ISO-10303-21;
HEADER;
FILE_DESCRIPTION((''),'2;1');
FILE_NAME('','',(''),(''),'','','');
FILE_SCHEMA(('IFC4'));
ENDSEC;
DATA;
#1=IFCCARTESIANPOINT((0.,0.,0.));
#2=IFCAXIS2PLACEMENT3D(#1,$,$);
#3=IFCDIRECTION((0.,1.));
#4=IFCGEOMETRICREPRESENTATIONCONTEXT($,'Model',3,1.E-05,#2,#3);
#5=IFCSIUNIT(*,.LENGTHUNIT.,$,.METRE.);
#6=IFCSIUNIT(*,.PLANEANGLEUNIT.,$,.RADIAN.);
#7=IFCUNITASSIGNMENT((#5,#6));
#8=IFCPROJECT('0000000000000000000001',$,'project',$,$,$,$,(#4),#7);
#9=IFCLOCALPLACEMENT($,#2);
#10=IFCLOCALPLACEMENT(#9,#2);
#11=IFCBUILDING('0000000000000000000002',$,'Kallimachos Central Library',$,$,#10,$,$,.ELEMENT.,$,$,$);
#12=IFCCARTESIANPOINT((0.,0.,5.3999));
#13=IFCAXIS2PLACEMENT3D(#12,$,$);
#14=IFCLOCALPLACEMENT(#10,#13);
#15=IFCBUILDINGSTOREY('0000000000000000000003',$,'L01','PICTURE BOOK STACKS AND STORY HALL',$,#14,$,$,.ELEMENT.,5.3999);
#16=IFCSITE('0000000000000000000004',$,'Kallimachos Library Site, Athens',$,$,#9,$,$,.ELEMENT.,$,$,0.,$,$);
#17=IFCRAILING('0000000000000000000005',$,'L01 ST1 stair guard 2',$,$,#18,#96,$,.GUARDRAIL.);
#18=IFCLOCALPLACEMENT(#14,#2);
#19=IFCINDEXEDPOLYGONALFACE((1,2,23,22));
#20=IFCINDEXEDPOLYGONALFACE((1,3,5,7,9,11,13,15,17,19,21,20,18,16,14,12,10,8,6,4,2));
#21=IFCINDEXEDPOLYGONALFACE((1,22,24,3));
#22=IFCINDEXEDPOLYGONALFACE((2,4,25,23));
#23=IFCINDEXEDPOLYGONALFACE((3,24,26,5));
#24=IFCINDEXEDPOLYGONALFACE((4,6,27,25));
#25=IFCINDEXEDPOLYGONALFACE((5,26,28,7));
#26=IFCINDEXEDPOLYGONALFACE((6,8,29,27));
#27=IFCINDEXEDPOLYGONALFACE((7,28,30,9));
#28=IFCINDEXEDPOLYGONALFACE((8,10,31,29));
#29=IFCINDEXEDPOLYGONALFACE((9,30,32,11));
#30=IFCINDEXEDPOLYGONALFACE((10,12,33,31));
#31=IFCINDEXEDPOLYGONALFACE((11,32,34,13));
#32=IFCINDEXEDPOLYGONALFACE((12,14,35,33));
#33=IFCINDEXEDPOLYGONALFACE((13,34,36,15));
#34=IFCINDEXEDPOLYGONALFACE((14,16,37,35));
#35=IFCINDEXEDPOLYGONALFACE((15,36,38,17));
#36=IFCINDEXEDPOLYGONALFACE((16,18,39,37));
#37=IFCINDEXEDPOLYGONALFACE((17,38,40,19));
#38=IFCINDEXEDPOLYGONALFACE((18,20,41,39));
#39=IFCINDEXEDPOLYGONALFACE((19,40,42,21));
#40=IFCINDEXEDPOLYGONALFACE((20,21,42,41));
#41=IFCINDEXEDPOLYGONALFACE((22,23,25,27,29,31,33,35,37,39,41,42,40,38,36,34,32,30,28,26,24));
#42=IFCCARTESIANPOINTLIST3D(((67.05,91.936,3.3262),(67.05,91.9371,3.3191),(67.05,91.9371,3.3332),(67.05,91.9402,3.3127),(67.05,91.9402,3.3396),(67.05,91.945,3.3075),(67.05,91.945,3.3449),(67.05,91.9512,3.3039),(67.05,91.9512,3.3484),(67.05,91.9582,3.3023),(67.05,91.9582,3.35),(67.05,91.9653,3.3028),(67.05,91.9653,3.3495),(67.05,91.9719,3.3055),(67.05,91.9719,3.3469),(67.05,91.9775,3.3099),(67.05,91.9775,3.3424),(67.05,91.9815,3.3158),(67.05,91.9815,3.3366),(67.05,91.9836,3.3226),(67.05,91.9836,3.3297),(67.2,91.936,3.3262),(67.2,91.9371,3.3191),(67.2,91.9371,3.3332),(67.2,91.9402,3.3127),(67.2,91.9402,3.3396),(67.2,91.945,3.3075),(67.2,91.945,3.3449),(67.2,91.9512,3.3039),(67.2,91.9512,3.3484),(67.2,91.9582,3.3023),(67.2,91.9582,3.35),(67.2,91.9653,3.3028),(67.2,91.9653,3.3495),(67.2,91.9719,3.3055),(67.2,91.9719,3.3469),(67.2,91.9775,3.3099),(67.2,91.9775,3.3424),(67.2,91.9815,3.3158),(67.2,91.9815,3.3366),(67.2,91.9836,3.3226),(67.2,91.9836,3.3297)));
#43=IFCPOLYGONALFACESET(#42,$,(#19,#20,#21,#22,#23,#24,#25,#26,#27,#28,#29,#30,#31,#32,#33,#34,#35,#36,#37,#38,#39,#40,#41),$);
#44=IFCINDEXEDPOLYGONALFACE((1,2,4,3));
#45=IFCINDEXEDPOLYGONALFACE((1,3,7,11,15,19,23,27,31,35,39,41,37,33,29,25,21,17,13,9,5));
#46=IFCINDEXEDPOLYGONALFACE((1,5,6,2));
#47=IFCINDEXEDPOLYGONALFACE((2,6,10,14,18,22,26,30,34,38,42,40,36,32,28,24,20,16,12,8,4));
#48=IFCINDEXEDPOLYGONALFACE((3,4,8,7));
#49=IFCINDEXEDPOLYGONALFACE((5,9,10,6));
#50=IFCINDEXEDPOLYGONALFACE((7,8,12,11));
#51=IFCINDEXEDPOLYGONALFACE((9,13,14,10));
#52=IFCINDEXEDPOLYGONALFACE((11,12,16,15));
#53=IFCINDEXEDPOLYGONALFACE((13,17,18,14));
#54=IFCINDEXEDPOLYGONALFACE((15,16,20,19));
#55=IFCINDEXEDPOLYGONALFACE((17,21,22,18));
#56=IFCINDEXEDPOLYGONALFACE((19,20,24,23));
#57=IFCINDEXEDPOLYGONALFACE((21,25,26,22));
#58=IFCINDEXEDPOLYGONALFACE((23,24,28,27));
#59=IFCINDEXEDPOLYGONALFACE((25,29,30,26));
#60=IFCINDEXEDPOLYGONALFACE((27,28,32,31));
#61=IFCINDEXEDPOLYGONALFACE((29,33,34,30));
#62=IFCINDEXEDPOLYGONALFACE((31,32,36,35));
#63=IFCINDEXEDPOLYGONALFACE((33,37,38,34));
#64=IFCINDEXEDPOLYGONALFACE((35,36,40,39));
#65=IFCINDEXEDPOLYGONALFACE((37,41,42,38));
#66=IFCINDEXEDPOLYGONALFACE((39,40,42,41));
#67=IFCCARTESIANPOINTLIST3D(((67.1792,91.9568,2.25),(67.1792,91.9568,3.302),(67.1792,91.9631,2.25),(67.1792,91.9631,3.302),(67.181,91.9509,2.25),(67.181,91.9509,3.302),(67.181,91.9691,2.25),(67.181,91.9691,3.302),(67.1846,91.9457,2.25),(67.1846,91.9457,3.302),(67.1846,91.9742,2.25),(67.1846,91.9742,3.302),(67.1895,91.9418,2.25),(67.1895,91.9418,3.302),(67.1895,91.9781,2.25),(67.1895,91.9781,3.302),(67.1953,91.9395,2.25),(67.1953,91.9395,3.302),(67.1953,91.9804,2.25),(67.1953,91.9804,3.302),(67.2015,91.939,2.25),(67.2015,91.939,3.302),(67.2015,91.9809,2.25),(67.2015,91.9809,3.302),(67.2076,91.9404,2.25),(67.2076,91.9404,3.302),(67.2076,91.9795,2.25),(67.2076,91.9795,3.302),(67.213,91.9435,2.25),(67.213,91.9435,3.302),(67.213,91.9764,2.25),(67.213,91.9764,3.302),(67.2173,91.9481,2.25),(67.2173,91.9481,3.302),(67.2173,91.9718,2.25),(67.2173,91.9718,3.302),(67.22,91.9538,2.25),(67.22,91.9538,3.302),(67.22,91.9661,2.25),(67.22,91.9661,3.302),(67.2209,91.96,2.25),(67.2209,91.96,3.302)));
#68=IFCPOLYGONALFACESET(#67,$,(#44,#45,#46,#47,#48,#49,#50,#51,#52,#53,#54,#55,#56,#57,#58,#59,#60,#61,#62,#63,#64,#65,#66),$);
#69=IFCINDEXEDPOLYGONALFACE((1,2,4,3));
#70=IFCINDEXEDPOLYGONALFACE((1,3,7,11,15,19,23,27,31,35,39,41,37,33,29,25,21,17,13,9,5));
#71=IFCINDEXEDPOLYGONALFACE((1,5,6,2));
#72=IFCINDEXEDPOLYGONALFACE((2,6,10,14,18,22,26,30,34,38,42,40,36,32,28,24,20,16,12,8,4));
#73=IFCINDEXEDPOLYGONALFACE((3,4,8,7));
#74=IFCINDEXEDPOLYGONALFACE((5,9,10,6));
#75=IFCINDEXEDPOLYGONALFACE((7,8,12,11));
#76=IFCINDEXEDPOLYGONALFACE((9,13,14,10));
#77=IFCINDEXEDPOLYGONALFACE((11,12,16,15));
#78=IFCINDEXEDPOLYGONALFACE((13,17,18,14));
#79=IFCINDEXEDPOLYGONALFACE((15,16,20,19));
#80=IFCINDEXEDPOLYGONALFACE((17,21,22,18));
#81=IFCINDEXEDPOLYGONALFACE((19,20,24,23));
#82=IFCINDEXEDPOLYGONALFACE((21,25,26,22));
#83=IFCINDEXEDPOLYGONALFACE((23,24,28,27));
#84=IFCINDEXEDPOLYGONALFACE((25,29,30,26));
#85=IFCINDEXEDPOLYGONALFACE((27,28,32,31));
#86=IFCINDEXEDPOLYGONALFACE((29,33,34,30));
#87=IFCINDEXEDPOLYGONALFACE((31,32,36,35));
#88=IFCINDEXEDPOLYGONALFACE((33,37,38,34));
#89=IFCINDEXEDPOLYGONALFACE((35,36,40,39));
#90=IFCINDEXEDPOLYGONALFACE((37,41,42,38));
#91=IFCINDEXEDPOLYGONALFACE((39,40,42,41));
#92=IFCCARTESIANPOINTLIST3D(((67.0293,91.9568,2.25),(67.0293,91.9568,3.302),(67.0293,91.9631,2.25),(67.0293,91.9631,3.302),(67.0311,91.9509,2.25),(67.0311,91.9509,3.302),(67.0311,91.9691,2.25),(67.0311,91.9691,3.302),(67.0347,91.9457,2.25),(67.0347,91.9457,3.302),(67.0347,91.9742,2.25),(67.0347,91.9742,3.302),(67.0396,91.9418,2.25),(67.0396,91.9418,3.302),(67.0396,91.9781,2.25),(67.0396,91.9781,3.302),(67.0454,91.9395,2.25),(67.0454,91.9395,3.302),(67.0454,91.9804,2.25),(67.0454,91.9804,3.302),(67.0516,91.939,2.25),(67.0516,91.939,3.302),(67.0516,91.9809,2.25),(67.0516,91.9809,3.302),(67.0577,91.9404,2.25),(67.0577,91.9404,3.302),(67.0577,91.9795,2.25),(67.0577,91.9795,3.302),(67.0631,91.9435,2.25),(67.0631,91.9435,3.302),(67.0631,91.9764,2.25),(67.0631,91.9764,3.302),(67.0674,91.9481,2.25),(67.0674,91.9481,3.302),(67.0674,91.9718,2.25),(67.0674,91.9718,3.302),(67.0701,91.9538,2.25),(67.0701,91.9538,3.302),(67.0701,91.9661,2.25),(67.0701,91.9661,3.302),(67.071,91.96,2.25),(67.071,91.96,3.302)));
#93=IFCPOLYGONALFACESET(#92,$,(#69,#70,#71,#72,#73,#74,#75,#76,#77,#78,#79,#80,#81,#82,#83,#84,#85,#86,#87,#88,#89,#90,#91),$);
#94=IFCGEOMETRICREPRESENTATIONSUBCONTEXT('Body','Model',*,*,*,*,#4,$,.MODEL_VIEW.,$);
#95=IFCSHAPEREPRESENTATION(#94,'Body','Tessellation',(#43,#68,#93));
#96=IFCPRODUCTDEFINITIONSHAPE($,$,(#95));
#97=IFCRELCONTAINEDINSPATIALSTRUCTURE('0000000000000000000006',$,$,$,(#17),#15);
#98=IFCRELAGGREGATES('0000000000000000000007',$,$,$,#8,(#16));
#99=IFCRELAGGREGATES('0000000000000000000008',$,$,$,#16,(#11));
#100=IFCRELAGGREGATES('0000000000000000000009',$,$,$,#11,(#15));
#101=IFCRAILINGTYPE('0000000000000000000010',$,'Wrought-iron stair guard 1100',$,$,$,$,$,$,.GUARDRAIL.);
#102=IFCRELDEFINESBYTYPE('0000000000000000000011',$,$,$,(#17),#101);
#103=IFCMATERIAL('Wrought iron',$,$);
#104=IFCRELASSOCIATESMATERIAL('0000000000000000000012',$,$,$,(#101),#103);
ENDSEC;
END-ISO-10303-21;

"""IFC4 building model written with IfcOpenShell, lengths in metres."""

from ifc_helpers import new_model, si_unit, direction, frame, origin, origin_2d, place, context, subcontext, project, spatial, circle, extrude, material, type_object, element, save


model = new_model("IFC4")

# Units and contexts
model_context = context("Model", 3, precision=1e-05, world=origin(), true_north=direction((0.0, 1.0)))
body_context = subcontext(model_context, "Body", "Model", "MODEL_VIEW")
ifc_project = project(units=[si_unit("LENGTHUNIT", "METRE"), si_unit("PLANEANGLEUNIT", "RADIAN")], contexts=[model_context])

# Site, building, storey
site_placement = place(None, origin())
site = spatial("IfcSite", under=ifc_project, at=site_placement, Name="Kallimachos Library Site, Athens", CompositionType="ELEMENT", RefElevation=0.0)
building_placement = place(site_placement, origin())
building = spatial("IfcBuilding", under=site, at=building_placement, Name="Kallimachos Central Library", CompositionType="ELEMENT")
storey_placement = place(building_placement, frame((0.0, 0.0, 5.3999)))
storey = spatial("IfcBuildingStorey", under=building, at=storey_placement, Name="L01", Description="PICTURE BOOK STACKS AND STORY HALL", CompositionType="ELEMENT", Elevation=5.3999)

# Railing
ifc_material_1 = material(Name="Wrought iron")
railing_type_1 = type_object("IfcRailingType", Name="Wrought-iron stair guard 1100", PredefinedType="GUARDRAIL", material=ifc_material_1)
railing_1_placement = place(storey_placement, frame((67.2, 91.96, 2.25)))
element("IfcRailing", 1, at=railing_1_placement, inside=storey, type_object=railing_type_1, Name="L01 ST1 stair guard 2", PredefinedType="GUARDRAIL", context=body_context, shape_type="SweptSolid", body=[
    extrude(circle(Radius=0.0239, at=origin_2d()), frame((0.0, 0.0, 1.0762), z_axis=(-1.0, 0.0, 0.0), x_axis=(0.0, -1.0, 0.0)), (0.0, 0.0, 1.0), 0.1499),
    extrude(circle(Radius=0.021, at=origin_2d()), origin(), (0.0, 0.0, 1.0), 1.052),
    extrude(circle(Radius=0.021, at=origin_2d()), frame((-0.1499, 0.0, 0.0)), (0.0, 0.0, 1.0), 1.052),
])

save(model, "model.ifc")
